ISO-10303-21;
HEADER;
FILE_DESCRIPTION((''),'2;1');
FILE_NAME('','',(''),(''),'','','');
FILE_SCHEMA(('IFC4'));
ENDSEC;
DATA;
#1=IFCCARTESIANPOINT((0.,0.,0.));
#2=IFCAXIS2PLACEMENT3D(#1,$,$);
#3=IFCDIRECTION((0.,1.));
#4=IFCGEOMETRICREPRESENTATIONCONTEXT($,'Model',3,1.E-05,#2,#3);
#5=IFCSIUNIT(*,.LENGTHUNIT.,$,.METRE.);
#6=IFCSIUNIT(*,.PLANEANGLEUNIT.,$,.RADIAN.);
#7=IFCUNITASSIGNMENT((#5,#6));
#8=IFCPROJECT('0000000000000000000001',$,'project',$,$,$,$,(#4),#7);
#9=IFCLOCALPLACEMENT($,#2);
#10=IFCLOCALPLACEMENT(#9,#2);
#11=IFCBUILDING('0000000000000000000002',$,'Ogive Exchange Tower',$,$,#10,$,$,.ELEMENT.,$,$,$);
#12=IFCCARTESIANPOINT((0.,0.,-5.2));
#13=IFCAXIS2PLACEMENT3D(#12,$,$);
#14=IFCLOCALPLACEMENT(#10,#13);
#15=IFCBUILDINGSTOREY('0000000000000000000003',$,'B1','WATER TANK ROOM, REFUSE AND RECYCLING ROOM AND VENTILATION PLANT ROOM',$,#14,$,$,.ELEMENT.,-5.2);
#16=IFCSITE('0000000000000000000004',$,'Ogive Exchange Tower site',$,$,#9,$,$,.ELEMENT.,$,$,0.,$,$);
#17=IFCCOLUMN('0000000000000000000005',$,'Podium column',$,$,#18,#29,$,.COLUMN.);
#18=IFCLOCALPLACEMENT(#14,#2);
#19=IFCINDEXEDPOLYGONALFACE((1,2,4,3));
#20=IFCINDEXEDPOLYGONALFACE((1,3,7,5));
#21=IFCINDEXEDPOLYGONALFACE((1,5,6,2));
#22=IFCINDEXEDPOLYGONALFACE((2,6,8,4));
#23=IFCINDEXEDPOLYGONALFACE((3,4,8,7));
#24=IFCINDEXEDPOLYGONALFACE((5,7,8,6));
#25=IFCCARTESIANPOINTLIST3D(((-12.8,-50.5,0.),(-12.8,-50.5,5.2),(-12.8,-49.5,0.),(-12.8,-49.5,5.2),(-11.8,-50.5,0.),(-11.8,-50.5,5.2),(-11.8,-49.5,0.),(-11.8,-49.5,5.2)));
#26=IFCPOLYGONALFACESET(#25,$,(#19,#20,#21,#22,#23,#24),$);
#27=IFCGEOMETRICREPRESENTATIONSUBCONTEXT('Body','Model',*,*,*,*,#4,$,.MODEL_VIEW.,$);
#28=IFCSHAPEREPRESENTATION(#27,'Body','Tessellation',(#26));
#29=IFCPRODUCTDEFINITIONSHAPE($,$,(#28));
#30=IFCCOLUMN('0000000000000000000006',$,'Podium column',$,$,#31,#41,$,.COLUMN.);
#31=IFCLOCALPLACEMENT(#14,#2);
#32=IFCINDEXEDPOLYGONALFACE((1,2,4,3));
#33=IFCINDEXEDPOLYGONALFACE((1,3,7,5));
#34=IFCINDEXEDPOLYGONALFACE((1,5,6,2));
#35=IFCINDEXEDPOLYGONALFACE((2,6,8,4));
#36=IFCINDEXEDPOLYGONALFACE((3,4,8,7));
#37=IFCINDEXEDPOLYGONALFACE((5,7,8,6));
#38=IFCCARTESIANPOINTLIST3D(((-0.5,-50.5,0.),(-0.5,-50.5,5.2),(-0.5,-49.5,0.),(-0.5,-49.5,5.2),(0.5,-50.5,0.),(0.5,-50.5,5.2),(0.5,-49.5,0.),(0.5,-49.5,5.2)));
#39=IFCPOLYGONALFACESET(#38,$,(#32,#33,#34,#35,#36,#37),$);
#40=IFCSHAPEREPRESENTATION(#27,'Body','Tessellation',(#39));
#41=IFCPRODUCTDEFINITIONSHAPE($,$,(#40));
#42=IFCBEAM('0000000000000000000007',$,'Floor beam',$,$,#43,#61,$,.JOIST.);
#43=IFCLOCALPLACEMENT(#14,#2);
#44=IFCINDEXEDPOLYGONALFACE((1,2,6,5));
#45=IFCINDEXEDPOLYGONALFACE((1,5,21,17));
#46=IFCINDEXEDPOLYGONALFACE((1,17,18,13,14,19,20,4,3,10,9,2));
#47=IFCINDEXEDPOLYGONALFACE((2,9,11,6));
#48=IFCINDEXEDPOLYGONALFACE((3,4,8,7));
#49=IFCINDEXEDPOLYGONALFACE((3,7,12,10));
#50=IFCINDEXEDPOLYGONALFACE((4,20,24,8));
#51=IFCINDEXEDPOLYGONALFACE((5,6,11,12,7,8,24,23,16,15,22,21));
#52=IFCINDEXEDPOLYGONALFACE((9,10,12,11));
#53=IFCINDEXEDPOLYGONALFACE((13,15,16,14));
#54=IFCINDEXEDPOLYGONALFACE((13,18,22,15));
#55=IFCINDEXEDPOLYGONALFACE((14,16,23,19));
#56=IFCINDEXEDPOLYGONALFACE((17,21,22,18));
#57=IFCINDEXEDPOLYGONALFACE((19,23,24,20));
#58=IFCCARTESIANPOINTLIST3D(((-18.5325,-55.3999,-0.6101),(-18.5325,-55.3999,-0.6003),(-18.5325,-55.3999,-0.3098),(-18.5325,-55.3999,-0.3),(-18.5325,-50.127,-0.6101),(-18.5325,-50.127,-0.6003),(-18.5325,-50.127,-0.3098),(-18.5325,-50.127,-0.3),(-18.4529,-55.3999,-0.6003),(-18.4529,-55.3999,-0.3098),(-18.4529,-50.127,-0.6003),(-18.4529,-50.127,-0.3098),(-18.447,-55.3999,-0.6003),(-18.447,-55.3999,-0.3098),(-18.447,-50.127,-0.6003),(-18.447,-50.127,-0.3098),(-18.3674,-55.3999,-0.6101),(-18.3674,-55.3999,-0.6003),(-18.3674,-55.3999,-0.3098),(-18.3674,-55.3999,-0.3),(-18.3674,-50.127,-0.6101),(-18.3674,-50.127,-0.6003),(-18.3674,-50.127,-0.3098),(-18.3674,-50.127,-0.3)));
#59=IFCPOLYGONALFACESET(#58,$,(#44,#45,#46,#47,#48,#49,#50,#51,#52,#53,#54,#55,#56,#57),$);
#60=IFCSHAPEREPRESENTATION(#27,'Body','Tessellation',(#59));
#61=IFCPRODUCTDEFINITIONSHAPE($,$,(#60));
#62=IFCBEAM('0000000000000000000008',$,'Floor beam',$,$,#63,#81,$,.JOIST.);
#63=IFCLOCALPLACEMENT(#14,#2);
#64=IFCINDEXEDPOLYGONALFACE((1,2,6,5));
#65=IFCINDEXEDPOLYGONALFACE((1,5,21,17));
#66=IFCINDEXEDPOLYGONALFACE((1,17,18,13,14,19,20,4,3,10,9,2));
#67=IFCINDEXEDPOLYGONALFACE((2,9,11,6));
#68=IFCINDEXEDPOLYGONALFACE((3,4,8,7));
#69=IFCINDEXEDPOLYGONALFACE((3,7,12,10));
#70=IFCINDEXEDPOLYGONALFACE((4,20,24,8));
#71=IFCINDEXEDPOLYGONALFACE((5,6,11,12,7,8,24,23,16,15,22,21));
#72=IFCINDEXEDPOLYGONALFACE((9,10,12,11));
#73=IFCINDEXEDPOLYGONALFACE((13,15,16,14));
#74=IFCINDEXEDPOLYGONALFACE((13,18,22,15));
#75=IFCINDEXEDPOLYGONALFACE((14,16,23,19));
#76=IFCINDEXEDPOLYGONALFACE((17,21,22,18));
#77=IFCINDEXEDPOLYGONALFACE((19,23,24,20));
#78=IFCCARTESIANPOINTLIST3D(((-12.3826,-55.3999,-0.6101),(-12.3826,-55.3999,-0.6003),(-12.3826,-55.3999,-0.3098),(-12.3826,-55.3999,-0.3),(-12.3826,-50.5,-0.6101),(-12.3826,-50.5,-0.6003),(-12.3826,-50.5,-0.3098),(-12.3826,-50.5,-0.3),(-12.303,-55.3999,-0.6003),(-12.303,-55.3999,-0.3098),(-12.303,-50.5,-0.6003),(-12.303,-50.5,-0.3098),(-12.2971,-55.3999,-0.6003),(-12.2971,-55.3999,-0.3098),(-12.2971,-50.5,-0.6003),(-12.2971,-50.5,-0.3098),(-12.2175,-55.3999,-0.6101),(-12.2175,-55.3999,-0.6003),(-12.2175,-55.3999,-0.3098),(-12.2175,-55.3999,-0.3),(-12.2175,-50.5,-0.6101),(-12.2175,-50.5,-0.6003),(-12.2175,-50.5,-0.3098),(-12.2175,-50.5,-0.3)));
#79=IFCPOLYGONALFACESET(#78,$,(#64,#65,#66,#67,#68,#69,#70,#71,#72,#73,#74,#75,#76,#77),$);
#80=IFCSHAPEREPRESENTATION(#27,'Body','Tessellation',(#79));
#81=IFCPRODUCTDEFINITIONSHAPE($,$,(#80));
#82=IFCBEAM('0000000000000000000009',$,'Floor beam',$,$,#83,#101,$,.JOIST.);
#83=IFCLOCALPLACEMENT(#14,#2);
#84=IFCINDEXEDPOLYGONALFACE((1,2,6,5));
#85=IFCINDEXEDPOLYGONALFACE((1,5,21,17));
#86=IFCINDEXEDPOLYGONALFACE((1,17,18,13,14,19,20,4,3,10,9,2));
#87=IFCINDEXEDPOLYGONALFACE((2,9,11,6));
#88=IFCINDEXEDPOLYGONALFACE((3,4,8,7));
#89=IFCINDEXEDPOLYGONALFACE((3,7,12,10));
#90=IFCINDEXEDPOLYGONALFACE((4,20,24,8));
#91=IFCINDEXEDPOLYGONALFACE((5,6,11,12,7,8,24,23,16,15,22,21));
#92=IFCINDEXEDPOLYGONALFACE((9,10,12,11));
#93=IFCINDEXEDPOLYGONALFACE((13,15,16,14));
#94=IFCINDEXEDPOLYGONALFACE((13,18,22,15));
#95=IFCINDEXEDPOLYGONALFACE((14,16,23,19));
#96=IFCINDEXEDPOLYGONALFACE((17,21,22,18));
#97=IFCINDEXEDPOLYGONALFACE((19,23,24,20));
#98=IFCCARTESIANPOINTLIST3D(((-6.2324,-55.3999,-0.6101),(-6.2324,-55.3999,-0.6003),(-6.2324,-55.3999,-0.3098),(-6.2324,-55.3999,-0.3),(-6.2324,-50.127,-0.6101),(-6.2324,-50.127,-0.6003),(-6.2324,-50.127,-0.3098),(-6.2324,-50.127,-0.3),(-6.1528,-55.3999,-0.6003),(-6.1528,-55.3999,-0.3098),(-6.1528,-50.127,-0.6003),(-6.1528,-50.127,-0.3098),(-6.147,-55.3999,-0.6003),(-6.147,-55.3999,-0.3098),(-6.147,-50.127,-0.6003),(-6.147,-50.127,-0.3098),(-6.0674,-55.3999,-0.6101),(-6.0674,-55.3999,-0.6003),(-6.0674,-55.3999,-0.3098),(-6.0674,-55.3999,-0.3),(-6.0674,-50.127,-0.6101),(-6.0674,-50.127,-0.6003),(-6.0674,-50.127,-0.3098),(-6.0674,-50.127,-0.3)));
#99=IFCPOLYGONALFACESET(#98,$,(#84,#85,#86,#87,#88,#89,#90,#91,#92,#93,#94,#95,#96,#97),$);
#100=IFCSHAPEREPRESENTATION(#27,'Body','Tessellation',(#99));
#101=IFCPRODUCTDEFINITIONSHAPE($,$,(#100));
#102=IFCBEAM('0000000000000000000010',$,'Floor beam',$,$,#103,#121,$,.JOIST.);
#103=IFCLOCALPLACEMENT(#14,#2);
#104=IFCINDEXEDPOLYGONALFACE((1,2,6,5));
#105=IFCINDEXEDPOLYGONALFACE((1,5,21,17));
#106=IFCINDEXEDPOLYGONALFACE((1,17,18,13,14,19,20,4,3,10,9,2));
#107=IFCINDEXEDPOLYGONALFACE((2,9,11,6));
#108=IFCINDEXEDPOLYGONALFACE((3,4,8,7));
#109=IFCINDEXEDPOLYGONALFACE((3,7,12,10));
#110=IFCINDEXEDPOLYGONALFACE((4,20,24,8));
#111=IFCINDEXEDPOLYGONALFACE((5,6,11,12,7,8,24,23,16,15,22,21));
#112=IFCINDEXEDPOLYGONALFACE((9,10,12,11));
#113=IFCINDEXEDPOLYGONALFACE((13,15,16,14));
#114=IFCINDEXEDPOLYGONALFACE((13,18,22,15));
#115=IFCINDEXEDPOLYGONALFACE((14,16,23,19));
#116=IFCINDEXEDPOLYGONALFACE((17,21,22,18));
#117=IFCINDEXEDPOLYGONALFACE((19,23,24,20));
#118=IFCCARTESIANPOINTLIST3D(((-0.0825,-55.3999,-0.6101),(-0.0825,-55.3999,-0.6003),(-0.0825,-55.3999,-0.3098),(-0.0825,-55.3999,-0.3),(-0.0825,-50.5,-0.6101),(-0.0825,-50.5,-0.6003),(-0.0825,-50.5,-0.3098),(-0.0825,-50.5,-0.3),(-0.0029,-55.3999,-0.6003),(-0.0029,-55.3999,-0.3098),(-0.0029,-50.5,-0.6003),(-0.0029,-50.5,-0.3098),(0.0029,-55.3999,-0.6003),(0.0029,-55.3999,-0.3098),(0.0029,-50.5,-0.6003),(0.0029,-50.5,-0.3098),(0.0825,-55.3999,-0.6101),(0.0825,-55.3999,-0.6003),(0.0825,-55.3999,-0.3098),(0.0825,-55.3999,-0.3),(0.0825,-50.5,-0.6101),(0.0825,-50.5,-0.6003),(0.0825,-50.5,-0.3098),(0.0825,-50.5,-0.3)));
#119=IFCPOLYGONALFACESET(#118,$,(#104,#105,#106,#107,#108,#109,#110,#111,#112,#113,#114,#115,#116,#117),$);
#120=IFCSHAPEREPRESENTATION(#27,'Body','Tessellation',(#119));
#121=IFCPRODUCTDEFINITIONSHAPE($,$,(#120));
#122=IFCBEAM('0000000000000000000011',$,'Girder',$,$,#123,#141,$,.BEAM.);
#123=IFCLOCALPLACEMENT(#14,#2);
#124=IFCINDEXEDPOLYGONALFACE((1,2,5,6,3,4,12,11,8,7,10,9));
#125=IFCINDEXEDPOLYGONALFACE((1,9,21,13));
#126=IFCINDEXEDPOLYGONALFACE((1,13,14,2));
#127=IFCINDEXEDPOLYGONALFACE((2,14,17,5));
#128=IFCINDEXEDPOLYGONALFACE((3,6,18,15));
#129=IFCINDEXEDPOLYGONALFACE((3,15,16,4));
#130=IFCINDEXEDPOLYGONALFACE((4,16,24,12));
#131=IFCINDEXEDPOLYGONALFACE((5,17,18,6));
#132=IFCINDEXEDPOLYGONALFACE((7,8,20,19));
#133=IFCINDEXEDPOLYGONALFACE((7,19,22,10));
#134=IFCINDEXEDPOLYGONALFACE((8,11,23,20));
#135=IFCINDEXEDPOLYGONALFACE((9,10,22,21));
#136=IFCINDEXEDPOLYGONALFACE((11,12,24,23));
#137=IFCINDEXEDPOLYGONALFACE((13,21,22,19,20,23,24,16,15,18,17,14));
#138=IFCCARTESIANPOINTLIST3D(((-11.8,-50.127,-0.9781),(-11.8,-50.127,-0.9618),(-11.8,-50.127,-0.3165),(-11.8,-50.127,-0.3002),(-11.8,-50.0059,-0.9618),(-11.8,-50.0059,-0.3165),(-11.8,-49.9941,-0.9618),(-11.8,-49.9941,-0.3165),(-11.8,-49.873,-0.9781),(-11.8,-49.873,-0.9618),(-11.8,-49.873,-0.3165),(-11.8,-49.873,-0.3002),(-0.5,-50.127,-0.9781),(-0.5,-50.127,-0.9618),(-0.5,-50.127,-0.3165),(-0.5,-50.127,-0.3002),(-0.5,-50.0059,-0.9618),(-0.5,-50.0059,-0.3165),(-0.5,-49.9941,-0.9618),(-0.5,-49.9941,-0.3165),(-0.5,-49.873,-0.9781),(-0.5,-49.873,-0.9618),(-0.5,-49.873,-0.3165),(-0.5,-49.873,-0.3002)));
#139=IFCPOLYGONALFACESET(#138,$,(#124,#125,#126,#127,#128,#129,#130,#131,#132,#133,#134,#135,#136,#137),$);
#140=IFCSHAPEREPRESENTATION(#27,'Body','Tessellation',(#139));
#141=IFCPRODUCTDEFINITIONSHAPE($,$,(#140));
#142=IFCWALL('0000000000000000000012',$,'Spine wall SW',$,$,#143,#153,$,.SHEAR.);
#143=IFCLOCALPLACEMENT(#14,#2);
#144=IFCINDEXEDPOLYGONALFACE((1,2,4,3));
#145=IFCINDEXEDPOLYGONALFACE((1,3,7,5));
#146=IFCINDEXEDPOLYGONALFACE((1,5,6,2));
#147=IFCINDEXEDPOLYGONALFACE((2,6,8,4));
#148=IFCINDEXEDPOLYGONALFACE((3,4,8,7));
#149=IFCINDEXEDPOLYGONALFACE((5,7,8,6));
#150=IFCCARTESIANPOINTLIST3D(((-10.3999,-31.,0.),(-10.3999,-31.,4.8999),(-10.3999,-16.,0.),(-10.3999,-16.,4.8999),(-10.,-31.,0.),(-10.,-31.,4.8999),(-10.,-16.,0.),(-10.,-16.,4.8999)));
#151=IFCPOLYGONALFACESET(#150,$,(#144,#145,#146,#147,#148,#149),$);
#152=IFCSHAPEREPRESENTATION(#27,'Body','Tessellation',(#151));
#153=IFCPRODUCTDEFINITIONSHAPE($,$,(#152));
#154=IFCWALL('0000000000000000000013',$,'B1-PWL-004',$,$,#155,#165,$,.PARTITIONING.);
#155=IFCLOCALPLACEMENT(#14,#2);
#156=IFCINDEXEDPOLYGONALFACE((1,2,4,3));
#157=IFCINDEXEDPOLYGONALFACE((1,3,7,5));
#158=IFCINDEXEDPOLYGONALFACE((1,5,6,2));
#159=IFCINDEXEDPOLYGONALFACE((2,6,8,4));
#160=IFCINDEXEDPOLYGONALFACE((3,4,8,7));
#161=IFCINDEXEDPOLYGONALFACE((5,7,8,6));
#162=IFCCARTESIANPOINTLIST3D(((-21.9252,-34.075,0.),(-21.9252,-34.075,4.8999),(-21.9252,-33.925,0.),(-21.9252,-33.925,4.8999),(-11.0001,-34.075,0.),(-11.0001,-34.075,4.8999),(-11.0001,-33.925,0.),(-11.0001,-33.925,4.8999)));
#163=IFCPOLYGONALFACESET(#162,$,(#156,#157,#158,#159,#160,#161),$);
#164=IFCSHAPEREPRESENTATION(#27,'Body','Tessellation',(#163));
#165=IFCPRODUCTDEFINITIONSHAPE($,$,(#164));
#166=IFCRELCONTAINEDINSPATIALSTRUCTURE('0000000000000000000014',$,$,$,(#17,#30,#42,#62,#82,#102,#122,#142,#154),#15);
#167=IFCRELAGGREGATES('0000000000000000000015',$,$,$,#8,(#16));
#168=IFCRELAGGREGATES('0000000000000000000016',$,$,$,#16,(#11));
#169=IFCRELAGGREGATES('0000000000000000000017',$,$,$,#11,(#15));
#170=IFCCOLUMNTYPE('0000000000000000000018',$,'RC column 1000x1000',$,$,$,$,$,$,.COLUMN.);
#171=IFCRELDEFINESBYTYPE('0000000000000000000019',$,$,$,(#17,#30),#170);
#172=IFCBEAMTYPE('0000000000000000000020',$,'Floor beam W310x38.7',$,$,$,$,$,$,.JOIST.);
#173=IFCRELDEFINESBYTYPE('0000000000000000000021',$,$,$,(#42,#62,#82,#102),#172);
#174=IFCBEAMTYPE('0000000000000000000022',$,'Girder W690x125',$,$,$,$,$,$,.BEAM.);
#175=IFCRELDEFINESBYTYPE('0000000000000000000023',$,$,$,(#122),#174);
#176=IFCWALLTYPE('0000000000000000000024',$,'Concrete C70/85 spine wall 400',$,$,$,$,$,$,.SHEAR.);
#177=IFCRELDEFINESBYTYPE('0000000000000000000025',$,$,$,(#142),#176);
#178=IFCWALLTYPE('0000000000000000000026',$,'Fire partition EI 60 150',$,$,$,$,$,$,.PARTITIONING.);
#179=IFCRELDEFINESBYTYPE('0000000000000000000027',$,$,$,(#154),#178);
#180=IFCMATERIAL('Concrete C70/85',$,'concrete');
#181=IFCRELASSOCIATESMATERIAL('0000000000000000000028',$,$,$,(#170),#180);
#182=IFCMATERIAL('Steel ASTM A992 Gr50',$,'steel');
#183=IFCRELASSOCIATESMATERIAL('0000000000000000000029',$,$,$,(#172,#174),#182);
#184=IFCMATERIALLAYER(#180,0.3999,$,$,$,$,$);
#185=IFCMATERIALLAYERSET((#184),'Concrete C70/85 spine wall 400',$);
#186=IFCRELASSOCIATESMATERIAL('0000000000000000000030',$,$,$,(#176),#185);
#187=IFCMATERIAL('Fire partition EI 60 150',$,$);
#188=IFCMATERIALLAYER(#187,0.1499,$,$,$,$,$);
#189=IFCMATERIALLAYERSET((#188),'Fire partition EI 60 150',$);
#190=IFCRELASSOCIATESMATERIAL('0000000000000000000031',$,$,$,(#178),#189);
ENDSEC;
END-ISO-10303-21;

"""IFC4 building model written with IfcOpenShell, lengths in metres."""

from ifc_helpers import new_model, si_unit, direction, frame, frame_2d, origin, origin_2d, place, context, subcontext, project, spatial, rectangle, i_section, extrude, material, layer, layer_set, material_profile, profile_set, type_object, element, save


model = new_model("IFC4")

# Units and contexts
model_context = context("Model", 3, precision=1e-05, world=origin(), true_north=direction((0.0, 1.0)))
body_context = subcontext(model_context, "Body", "Model", "MODEL_VIEW")
ifc_project = project(units=[si_unit("LENGTHUNIT", "METRE"), si_unit("PLANEANGLEUNIT", "RADIAN")], contexts=[model_context])

# Site, building, storey
site_placement = place(None, origin())
site = spatial("IfcSite", under=ifc_project, at=site_placement, Name="Ogive Exchange Tower site", CompositionType="ELEMENT", RefElevation=0.0)
building_placement = place(site_placement, origin())
building = spatial("IfcBuilding", under=site, at=building_placement, Name="Ogive Exchange Tower", CompositionType="ELEMENT")
storey_placement = place(building_placement, frame((0.0, 0.0, -5.2)))
storey = spatial("IfcBuildingStorey", under=building, at=storey_placement, Name="B1", Description="WATER TANK ROOM, REFUSE AND RECYCLING ROOM AND VENTILATION PLANT ROOM", CompositionType="ELEMENT", Elevation=-5.2)

# Columns
ifc_material_1 = material(Name="Concrete C70/85", Category="concrete")
ifc_material_profile_1 = material_profile(ifc_material_1, rectangle(XDim=1.0, YDim=1.0, at=origin_2d()), Name="RC 1000x1000")
ifc_profile_set_1 = profile_set([ifc_material_profile_1], Name="Concrete C70/85")
column_type = type_object("IfcColumnType", Name="RC column 1000x1000", PredefinedType="COLUMN", material=ifc_profile_set_1)
for number, where, z_axis, x_axis, name in (
    (1, (-12.3, -50.0, 0.0), (0.0, 0.0, 1.0), (1.0, 0.0, 0.0), "Podium column"),
    (2, (0.0, -50.0, 0.0), (0.0, 0.0, 1.0), (1.0, 0.0, 0.0), "Podium column"),
):
    element("IfcColumn", number, at=place(storey_placement, frame(where, z_axis=z_axis, x_axis=x_axis)), inside=storey, type_object=column_type, Name=name, PredefinedType="COLUMN", context=body_context, shape_type="SweptSolid", body=[
        extrude(rectangle(XDim=1.0, YDim=1.0, at=origin_2d()), origin(), (0.0, 0.0, 1.0), 5.2),
    ])

# Beams
ifc_material_2 = material(Name="Steel ASTM A992 Gr50", Category="steel")
ifc_material_profile_2 = material_profile(ifc_material_2, i_section(OverallWidth=0.165, OverallDepth=0.3101, WebThickness=0.0059, FlangeThickness=0.0098, at=origin_2d()), Name="W310x38.7")
ifc_profile_set_2 = profile_set([ifc_material_profile_2], Name="Steel ASTM A992 Gr50")
beam_type_1 = type_object("IfcBeamType", Name="Floor beam W310x38.7", PredefinedType="JOIST", material=ifc_profile_set_2)
beam_1_placement = place(storey_placement, frame((-18.45, -55.3999, -0.4551), z_axis=(0.0, 1.0, 0.0), x_axis=(-1.0, 0.0, 0.0)))
element("IfcBeam", 3, at=beam_1_placement, inside=storey, type_object=beam_type_1, Name="Floor beam", PredefinedType="JOIST", context=body_context, shape_type="SweptSolid", body=[
    extrude(i_section(OverallWidth=0.165, OverallDepth=0.3101, WebThickness=0.0059, FlangeThickness=0.0098, at=origin_2d()), origin(), (0.0, 0.0, 1.0), 5.2729),
])
beam_2_placement = place(storey_placement, frame((-12.3, -55.3999, -0.4551), z_axis=(0.0, 1.0, 0.0), x_axis=(-1.0, 0.0, 0.0)))
element("IfcBeam", 4, at=beam_2_placement, inside=storey, type_object=beam_type_1, Name="Floor beam", PredefinedType="JOIST", context=body_context, shape_type="SweptSolid", body=[
    extrude(i_section(OverallWidth=0.165, OverallDepth=0.3101, WebThickness=0.0059, FlangeThickness=0.0098, at=origin_2d()), origin(), (0.0, 0.0, 1.0), 4.8999),
])
beam_3_placement = place(storey_placement, frame((-6.1499, -55.3999, -0.4551), z_axis=(0.0, 1.0, 0.0), x_axis=(-1.0, 0.0, 0.0)))
element("IfcBeam", 5, at=beam_3_placement, inside=storey, type_object=beam_type_1, Name="Floor beam", PredefinedType="JOIST", context=body_context, shape_type="SweptSolid", body=[
    extrude(i_section(OverallWidth=0.165, OverallDepth=0.3101, WebThickness=0.0059, FlangeThickness=0.0098, at=origin_2d()), origin(), (0.0, 0.0, 1.0), 5.2729),
])
beam_4_placement = place(storey_placement, frame((0.0, -55.3999, -0.4551), z_axis=(0.0, 1.0, 0.0), x_axis=(-1.0, 0.0, 0.0)))
element("IfcBeam", 6, at=beam_4_placement, inside=storey, type_object=beam_type_1, Name="Floor beam", PredefinedType="JOIST", context=body_context, shape_type="SweptSolid", body=[
    extrude(i_section(OverallWidth=0.165, OverallDepth=0.3101, WebThickness=0.0059, FlangeThickness=0.0098, at=origin_2d()), origin(), (0.0, 0.0, 1.0), 4.8999),
])
ifc_material_profile_3 = material_profile(ifc_material_2, i_section(OverallWidth=0.2539, OverallDepth=0.678, WebThickness=0.0117, FlangeThickness=0.0164, at=origin_2d()), Name="W690x125")
ifc_profile_set_3 = profile_set([ifc_material_profile_3], Name="Steel ASTM A992 Gr50")
beam_type_2 = type_object("IfcBeamType", Name="Girder W690x125", PredefinedType="BEAM", material=ifc_profile_set_3)
beam_5_placement = place(storey_placement, frame((-11.8, -50.0, -0.6392), z_axis=(1.0, 0.0, 0.0), x_axis=(0.0, 1.0, 0.0)))
element("IfcBeam", 7, at=beam_5_placement, inside=storey, type_object=beam_type_2, Name="Girder", PredefinedType="BEAM", context=body_context, shape_type="SweptSolid", body=[
    extrude(i_section(OverallWidth=0.2539, OverallDepth=0.678, WebThickness=0.0117, FlangeThickness=0.0164, at=origin_2d()), origin(), (0.0, 0.0, 1.0), 11.3),
])

# Walls
ifc_layer_1 = layer(ifc_material_1, 0.3999)
ifc_layer_set_1 = layer_set([ifc_layer_1], Name="Concrete C70/85 spine wall 400")
wall_type_1 = type_object("IfcWallType", Name="Concrete C70/85 spine wall 400", PredefinedType="SHEAR", material=ifc_layer_set_1)
wall_1_placement = place(storey_placement, frame((-10.2, -31.0, 0.0), z_axis=(0.0, 0.0, 1.0), x_axis=(0.0, 1.0, 0.0)))
element("IfcWall", 8, at=wall_1_placement, inside=storey, type_object=wall_type_1, Name="Spine wall SW", PredefinedType="SHEAR", context=body_context, shape_type="SweptSolid", body=[
    extrude(rectangle(XDim=15.0, YDim=0.3999, at=frame_2d((7.5, 0.0))), origin(), (0.0, 0.0, 1.0), 4.8999),
])
ifc_material_3 = material(Name="Fire partition EI 60 150")
ifc_layer_2 = layer(ifc_material_3, 0.1499)
ifc_layer_set_2 = layer_set([ifc_layer_2], Name="Fire partition EI 60 150")
wall_type_2 = type_object("IfcWallType", Name="Fire partition EI 60 150", PredefinedType="PARTITIONING", material=ifc_layer_set_2)
wall_2_placement = place(storey_placement, frame((-21.925, -34.0, 0.0), z_axis=(0.0, 0.0, 1.0), x_axis=(1.0, 0.0, 0.0)))
element("IfcWall", 9, at=wall_2_placement, inside=storey, type_object=wall_type_2, Name="B1-PWL-004", PredefinedType="PARTITIONING", context=body_context, shape_type="SweptSolid", body=[
    extrude(rectangle(XDim=10.925, YDim=0.1499, at=frame_2d((5.4624, 0.0))), origin(), (0.0, 0.0, 1.0), 4.8999),
])

save(model, "model.ifc")
